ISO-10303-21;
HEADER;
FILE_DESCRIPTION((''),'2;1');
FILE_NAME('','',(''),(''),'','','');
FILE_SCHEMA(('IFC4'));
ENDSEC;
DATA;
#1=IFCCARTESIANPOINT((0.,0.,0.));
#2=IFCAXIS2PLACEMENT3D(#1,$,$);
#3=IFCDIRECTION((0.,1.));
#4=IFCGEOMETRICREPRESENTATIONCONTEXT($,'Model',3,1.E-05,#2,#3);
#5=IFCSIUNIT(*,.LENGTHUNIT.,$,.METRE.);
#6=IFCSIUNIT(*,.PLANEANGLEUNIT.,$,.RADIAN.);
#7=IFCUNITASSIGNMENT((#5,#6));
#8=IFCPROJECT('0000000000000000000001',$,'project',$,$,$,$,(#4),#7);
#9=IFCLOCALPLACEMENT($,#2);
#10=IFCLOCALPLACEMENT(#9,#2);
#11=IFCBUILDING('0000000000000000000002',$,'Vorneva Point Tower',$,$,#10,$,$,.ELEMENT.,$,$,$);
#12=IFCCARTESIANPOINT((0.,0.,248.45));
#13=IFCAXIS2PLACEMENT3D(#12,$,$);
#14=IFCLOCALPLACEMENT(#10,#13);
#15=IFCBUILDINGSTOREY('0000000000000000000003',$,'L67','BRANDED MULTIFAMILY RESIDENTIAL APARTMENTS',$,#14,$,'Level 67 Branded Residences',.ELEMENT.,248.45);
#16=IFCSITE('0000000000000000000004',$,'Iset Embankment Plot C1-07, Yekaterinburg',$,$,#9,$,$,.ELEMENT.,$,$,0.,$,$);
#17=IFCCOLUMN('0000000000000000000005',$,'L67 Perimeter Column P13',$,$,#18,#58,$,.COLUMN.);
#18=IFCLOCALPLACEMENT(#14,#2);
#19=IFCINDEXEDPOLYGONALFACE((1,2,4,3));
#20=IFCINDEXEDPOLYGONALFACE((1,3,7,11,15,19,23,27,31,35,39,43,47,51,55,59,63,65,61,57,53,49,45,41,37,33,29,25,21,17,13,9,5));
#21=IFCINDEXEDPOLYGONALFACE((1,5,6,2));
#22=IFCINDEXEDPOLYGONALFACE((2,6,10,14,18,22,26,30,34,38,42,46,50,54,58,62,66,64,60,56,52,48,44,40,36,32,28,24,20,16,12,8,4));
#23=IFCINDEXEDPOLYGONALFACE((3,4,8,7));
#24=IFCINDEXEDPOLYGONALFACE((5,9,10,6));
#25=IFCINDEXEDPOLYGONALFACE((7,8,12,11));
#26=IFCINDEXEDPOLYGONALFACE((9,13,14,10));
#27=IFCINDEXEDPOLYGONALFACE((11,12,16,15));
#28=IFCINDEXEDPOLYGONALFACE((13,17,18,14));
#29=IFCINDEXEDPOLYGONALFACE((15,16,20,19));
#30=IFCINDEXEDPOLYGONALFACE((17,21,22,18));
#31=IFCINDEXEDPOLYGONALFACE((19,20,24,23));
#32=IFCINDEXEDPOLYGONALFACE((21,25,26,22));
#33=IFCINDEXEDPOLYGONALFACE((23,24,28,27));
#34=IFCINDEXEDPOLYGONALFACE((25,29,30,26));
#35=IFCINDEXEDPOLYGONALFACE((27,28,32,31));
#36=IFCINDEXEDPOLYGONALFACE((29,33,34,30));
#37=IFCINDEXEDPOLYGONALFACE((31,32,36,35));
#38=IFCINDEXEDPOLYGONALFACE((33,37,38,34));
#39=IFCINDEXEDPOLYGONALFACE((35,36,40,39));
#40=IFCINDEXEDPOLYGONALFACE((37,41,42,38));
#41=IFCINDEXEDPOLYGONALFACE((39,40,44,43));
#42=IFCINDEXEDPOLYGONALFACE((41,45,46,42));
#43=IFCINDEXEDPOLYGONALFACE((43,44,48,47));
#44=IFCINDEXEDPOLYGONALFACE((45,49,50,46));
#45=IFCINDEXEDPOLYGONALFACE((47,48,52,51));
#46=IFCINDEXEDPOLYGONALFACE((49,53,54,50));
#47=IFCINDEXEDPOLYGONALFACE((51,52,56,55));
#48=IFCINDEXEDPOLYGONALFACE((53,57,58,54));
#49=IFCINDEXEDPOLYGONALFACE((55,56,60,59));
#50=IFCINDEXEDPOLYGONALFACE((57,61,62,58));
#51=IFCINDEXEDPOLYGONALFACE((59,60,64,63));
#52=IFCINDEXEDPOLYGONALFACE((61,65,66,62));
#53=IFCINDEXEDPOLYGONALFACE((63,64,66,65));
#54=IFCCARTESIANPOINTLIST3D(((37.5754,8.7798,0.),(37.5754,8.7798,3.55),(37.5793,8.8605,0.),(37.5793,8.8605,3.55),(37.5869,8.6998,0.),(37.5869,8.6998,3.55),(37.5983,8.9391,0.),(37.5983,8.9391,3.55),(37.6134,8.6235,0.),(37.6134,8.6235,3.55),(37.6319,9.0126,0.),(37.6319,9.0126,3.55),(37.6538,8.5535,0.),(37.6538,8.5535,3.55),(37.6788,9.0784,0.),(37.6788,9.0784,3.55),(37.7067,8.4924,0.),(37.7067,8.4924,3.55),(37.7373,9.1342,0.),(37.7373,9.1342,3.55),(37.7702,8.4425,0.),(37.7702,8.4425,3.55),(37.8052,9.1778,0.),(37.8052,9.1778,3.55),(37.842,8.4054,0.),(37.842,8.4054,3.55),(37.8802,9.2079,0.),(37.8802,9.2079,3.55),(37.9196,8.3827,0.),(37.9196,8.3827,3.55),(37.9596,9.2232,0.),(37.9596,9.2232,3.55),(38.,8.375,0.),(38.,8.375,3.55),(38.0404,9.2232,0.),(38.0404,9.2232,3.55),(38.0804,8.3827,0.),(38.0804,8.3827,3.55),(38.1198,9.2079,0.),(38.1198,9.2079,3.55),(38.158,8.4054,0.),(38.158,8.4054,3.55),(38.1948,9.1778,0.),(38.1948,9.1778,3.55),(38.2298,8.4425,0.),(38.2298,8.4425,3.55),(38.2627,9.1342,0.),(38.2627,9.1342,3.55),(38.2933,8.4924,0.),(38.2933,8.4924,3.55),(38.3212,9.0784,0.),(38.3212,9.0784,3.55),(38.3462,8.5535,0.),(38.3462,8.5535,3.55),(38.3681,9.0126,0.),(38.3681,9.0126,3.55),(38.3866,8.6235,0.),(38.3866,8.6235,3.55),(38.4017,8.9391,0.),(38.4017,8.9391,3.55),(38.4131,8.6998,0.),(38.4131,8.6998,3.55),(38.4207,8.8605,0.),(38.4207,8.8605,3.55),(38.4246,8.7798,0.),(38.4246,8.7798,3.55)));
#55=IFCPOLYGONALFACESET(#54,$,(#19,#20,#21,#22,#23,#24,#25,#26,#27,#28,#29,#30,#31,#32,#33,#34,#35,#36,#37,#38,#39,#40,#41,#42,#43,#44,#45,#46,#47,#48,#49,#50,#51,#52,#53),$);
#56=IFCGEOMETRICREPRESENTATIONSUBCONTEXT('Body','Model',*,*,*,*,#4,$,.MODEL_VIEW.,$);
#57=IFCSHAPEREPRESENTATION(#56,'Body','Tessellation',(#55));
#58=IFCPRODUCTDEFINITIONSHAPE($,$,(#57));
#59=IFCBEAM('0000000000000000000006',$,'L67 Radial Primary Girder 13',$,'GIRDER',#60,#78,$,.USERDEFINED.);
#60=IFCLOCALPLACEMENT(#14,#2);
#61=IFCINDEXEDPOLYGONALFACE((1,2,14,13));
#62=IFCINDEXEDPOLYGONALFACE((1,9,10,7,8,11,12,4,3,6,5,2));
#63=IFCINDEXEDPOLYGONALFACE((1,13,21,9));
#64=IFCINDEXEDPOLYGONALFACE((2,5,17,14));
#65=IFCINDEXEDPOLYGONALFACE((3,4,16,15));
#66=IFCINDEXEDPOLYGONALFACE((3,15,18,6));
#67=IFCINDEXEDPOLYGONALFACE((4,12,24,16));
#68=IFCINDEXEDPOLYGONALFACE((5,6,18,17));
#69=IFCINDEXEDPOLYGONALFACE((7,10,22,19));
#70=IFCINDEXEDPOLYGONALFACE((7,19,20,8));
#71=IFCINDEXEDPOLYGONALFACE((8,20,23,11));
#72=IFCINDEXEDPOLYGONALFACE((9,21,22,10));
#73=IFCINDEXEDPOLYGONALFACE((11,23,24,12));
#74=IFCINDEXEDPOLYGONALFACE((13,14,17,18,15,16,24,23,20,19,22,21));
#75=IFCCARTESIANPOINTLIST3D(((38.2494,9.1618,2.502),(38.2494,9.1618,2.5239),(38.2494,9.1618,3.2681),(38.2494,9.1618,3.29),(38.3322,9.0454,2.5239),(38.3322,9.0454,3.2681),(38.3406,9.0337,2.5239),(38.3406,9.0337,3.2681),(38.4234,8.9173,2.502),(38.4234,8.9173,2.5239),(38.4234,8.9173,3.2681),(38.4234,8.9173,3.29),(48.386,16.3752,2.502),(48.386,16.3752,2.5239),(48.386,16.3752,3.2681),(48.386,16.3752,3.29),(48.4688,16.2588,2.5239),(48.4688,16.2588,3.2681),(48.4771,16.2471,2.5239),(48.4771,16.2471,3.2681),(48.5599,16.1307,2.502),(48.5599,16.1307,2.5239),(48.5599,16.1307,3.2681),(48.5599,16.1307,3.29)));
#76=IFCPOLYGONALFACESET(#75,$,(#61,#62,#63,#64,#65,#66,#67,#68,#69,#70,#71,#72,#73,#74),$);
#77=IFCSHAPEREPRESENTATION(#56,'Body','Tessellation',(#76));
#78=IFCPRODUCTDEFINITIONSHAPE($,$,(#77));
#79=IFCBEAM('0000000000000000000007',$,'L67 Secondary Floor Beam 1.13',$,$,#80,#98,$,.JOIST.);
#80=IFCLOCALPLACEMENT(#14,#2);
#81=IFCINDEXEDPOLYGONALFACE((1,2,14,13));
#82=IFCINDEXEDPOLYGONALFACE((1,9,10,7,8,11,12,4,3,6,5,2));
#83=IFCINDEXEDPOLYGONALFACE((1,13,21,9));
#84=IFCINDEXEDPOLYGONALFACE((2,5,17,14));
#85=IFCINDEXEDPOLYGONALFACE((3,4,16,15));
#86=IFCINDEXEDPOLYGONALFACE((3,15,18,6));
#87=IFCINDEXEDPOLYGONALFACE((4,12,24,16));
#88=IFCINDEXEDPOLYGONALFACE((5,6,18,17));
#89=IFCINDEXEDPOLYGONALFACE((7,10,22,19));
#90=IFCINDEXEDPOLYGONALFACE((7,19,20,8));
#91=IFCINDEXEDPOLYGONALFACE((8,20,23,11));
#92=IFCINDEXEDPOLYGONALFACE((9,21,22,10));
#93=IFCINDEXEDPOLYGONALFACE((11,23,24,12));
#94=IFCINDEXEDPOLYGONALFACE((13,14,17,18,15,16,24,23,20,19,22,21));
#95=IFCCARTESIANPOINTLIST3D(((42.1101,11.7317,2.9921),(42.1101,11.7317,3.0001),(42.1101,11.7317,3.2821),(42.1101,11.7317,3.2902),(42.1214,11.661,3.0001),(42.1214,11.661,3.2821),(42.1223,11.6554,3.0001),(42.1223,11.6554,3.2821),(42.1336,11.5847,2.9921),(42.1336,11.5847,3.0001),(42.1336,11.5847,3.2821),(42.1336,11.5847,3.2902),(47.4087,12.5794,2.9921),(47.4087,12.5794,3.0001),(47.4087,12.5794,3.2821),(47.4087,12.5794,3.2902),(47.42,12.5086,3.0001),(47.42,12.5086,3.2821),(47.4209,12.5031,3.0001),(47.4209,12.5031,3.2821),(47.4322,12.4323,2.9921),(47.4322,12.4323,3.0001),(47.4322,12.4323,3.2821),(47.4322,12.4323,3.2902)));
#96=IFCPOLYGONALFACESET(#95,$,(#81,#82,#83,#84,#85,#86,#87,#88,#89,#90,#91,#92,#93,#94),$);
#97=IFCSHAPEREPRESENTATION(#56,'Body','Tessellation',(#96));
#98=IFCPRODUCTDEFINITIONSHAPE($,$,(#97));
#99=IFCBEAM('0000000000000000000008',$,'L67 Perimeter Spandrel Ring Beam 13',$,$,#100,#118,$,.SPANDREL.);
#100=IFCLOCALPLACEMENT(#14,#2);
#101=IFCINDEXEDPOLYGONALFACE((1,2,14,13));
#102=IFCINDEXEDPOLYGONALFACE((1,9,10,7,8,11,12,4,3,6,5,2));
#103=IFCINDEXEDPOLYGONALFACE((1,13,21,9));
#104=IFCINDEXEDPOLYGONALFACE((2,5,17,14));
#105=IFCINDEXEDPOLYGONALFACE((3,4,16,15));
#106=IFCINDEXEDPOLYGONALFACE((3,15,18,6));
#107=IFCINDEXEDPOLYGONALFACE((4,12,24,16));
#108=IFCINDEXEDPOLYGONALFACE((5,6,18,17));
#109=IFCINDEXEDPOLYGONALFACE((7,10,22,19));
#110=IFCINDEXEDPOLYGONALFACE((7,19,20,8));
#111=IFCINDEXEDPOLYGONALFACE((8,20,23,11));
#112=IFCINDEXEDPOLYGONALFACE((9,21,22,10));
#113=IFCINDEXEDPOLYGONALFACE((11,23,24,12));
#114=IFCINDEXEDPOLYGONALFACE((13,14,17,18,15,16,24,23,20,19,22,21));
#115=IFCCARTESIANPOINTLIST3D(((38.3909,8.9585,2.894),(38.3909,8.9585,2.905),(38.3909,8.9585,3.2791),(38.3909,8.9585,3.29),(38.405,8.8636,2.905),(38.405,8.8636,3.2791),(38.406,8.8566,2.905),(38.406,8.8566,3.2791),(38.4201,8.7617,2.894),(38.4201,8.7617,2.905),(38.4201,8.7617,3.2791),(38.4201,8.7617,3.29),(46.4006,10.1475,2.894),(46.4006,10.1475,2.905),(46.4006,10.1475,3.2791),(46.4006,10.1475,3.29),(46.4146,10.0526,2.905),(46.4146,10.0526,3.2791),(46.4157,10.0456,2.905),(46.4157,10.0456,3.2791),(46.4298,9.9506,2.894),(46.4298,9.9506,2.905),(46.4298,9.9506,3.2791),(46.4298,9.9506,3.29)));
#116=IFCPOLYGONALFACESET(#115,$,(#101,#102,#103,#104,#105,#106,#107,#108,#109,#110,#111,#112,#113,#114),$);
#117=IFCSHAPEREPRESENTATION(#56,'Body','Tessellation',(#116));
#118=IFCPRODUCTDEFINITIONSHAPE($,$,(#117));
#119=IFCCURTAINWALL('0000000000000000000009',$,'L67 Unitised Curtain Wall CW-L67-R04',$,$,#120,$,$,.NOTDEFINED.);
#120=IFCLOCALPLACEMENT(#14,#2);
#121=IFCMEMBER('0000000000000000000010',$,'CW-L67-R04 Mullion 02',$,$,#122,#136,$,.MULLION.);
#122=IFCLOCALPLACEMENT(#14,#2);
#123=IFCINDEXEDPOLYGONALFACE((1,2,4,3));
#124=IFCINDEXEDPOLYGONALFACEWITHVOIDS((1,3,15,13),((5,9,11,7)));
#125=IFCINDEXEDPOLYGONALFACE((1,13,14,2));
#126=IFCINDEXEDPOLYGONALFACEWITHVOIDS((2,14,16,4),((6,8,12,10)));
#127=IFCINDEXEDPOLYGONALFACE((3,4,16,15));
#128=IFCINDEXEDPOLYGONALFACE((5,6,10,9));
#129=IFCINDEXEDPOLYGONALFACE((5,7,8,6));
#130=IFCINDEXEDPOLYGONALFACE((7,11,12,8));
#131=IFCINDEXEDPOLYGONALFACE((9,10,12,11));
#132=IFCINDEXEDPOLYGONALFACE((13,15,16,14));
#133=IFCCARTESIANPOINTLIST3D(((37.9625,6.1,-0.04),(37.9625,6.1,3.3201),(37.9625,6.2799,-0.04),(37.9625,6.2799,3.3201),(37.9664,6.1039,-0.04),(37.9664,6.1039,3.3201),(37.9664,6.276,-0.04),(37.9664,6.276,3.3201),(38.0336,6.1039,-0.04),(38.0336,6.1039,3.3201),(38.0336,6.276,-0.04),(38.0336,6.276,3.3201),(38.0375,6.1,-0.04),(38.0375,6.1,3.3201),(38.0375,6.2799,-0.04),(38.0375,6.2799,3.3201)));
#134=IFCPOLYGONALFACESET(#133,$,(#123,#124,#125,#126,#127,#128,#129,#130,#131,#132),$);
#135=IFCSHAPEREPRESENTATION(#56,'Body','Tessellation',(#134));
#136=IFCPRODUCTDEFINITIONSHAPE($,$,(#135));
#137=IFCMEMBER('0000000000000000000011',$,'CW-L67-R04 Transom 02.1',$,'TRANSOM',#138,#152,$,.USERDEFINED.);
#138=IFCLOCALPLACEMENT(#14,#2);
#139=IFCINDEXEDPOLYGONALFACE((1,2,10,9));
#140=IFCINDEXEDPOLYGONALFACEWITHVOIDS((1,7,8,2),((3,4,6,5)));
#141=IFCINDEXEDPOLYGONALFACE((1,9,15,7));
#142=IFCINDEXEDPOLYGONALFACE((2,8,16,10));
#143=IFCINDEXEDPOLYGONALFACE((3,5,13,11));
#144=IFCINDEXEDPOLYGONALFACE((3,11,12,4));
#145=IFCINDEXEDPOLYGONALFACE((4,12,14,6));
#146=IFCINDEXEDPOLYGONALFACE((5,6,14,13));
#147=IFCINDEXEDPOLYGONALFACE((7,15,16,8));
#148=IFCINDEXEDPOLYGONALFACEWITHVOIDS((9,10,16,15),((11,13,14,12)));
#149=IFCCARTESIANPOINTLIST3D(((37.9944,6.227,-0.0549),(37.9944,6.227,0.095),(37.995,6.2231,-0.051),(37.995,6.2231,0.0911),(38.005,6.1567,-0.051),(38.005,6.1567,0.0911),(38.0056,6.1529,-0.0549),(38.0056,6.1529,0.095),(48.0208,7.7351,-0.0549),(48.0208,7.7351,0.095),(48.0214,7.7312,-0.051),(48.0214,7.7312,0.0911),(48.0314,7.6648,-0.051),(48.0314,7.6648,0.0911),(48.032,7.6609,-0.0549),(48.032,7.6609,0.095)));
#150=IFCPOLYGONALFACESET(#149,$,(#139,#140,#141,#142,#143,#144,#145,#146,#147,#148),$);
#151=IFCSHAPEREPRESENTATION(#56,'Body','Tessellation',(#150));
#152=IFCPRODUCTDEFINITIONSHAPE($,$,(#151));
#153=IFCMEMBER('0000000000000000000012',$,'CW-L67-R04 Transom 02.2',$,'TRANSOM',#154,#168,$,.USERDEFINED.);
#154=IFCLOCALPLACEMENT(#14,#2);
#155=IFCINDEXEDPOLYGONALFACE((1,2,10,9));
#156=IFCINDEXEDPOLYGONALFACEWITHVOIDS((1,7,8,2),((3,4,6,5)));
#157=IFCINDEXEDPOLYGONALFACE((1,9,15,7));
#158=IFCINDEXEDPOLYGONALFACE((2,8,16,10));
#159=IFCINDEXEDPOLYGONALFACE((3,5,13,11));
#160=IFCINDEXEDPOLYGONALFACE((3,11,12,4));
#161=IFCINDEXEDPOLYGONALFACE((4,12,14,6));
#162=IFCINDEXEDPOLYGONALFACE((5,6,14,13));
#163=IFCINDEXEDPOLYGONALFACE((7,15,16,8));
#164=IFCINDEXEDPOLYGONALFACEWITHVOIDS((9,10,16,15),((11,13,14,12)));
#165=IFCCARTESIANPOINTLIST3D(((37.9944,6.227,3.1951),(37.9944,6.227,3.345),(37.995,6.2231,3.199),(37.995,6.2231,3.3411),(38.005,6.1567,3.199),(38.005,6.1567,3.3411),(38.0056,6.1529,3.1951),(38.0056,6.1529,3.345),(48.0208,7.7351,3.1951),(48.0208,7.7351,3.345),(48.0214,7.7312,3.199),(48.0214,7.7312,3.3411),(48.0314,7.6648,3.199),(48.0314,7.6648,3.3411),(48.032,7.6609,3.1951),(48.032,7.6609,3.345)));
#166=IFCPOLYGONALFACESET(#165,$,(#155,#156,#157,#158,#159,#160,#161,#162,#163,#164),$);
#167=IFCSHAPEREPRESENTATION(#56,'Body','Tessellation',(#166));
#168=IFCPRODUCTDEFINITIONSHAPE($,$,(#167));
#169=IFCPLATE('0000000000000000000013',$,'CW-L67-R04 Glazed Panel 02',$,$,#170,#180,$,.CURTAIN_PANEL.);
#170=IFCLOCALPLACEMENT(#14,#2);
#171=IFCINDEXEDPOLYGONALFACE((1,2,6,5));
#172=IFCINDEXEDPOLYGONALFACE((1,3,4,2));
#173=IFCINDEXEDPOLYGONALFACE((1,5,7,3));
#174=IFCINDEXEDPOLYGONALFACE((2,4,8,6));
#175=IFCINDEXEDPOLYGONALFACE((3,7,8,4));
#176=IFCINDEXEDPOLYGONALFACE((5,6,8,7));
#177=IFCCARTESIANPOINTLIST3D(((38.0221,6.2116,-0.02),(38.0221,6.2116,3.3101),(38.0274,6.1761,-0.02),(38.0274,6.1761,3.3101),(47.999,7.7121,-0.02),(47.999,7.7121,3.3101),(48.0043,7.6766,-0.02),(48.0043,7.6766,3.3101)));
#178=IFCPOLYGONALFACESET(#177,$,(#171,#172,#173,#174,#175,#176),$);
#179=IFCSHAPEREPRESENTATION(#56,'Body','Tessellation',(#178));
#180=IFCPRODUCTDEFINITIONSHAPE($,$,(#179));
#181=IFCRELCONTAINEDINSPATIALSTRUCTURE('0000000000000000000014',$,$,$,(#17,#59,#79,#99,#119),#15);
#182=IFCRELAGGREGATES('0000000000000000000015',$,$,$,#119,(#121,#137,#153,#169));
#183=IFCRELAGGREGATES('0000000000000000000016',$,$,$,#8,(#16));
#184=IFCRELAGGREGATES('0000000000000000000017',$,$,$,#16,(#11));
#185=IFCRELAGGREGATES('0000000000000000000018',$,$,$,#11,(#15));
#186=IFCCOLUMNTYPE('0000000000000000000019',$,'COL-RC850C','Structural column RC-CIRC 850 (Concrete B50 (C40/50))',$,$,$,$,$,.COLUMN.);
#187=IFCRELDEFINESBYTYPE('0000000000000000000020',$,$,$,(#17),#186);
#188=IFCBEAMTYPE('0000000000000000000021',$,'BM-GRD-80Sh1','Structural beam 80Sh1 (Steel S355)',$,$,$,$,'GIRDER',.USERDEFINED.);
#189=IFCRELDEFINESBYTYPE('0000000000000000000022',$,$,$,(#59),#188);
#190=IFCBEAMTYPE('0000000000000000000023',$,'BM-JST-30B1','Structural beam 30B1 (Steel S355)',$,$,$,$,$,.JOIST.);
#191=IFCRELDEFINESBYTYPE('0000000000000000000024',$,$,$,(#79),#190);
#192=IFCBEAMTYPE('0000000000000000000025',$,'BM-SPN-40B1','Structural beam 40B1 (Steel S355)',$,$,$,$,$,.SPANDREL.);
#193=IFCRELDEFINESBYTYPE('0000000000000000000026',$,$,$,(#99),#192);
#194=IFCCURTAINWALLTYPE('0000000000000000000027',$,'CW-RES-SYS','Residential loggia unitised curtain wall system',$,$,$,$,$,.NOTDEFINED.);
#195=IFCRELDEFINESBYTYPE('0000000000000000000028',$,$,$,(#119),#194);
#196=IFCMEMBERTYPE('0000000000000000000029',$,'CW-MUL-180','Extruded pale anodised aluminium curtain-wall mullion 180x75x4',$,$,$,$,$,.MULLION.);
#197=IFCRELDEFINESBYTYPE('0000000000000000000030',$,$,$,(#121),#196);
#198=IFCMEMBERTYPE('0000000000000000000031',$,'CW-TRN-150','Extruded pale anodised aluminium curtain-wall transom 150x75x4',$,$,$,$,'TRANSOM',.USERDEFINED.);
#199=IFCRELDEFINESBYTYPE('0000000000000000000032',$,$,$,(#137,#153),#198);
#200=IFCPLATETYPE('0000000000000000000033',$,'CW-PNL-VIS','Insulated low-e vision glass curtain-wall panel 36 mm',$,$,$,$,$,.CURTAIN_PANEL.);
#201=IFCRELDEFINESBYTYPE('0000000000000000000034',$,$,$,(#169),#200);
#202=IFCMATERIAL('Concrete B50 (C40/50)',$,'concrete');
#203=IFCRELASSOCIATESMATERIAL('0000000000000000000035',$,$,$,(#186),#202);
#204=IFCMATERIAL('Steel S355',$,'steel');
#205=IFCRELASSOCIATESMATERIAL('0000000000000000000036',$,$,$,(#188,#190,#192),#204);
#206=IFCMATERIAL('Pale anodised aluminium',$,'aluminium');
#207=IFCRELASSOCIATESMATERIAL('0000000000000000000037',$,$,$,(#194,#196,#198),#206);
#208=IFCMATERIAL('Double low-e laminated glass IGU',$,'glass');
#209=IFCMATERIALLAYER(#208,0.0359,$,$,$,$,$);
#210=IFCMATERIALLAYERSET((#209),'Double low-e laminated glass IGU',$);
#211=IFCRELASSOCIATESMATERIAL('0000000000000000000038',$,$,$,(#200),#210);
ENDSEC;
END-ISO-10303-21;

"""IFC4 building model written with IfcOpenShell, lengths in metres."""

from ifc_helpers import new_model, si_unit, direction, frame, origin, origin_2d, place, context, subcontext, project, spatial, rectangle, hollow_rectangle, circle, i_section, extrude, material, layer, layer_set, material_profile, profile_set, type_object, element, aggregate, save


model = new_model("IFC4")

# Units and contexts
model_context = context("Model", 3, precision=1e-05, world=origin(), true_north=direction((0.0, 1.0)))
body_context = subcontext(model_context, "Body", "Model", "MODEL_VIEW")
ifc_project = project(units=[si_unit("LENGTHUNIT", "METRE"), si_unit("PLANEANGLEUNIT", "RADIAN")], contexts=[model_context])

# Site, building, storey
site_placement = place(None, origin())
site = spatial("IfcSite", under=ifc_project, at=site_placement, Name="Iset Embankment Plot C1-07, Yekaterinburg", CompositionType="ELEMENT", RefElevation=0.0)
building_placement = place(site_placement, origin())
building = spatial("IfcBuilding", under=site, at=building_placement, Name="Vorneva Point Tower", CompositionType="ELEMENT")
storey_placement = place(building_placement, frame((0.0, 0.0, 248.45)))
storey = spatial("IfcBuildingStorey", under=building, at=storey_placement, Name="L67", Description="BRANDED MULTIFAMILY RESIDENTIAL APARTMENTS", LongName="Level 67 Branded Residences", CompositionType="ELEMENT", Elevation=248.45)

# Column
ifc_material_1 = material(Name="Concrete B50 (C40/50)", Category="concrete")
ifc_material_profile_1 = material_profile(ifc_material_1, circle(Radius=0.425, at=origin_2d()), Name="RC-CIRC 850")
ifc_profile_set_1 = profile_set([ifc_material_profile_1], Name="Concrete B50 (C40/50)")
column_type = type_object("IfcColumnType", Name="COL-RC850C", Description="Structural column RC-CIRC 850 (Concrete B50 (C40/50))", PredefinedType="COLUMN", material=ifc_profile_set_1)
for number, where, z_axis, x_axis, name in (
    (1, (38.0, 8.8, 0.0), (0.0, 0.0, 1.0), (0.0, -1.0, 0.0), "L67 Perimeter Column P13"),
):
    element("IfcColumn", number, at=place(storey_placement, frame(where, z_axis=z_axis, x_axis=x_axis)), inside=storey, type_object=column_type, Name=name, PredefinedType="COLUMN", context=body_context, shape_type="SweptSolid", body=[
        extrude(circle(Radius=0.425, at=origin_2d()), origin(), (0.0, 0.0, 1.0), 3.55),
    ])

# Beams
ifc_material_2 = material(Name="Steel S355", Category="steel")
ifc_material_profile_2 = material_profile(ifc_material_2, i_section(OverallWidth=0.3, OverallDepth=0.7881, WebThickness=0.0144, FlangeThickness=0.022, at=origin_2d()), Name="80Sh1")
ifc_profile_set_2 = profile_set([ifc_material_profile_2], Name="Steel S355")
beam_type_1 = type_object("IfcBeamType", Name="BM-GRD-80Sh1", Description="Structural beam 80Sh1 (Steel S355)", ElementType="GIRDER", PredefinedType="USERDEFINED", material=ifc_profile_set_2)
beam_1_placement = place(storey_placement, frame((38.3364, 9.0396, 2.896), z_axis=(0.814757, 0.579802, 0.0), x_axis=(-0.579802, 0.814757, 0.0)))
element("IfcBeam", 2, at=beam_1_placement, inside=storey, type_object=beam_type_1, Name="L67 Radial Primary Girder 13", ObjectType="GIRDER", PredefinedType="USERDEFINED", context=body_context, shape_type="SweptSolid", body=[
    extrude(i_section(OverallWidth=0.3, OverallDepth=0.7881, WebThickness=0.0144, FlangeThickness=0.022, at=origin_2d()), origin(), (0.0, 0.0, 1.0), 12.4412),
])
ifc_material_profile_3 = material_profile(ifc_material_2, i_section(OverallWidth=0.1489, OverallDepth=0.2981, WebThickness=0.0056, FlangeThickness=0.0081, at=origin_2d()), Name="30B1")
ifc_profile_set_3 = profile_set([ifc_material_profile_3], Name="Steel S355")
beam_type_2 = type_object("IfcBeamType", Name="BM-JST-30B1", Description="Structural beam 30B1 (Steel S355)", PredefinedType="JOIST", material=ifc_profile_set_3)
beam_2_placement = place(storey_placement, frame((42.1218, 11.6582, 3.1411), z_axis=(0.987444, 0.157969, 0.0), x_axis=(-0.157969, 0.987444, 0.0)))
element("IfcBeam", 3, at=beam_2_placement, inside=storey, type_object=beam_type_2, Name="L67 Secondary Floor Beam 1.13", PredefinedType="JOIST", context=body_context, shape_type="SweptSolid", body=[
    extrude(i_section(OverallWidth=0.1489, OverallDepth=0.2981, WebThickness=0.0056, FlangeThickness=0.0081, at=origin_2d()), origin(), (0.0, 0.0, 1.0), 5.366),
])
ifc_material_profile_4 = material_profile(ifc_material_2, i_section(OverallWidth=0.199, OverallDepth=0.396, WebThickness=0.0071, FlangeThickness=0.011, at=origin_2d()), Name="40B1")
ifc_profile_set_4 = profile_set([ifc_material_profile_4], Name="Steel S355")
beam_type_3 = type_object("IfcBeamType", Name="BM-SPN-40B1", Description="Structural beam 40B1 (Steel S355)", PredefinedType="SPANDREL", material=ifc_profile_set_4)
beam_3_placement = place(storey_placement, frame((38.4055, 8.8601, 3.092), z_axis=(0.989162, 0.146831, 0.0), x_axis=(-0.146831, 0.989162, 0.0)))
element("IfcBeam", 4, at=beam_3_placement, inside=storey, type_object=beam_type_3, Name="L67 Perimeter Spandrel Ring Beam 13", PredefinedType="SPANDREL", context=body_context, shape_type="SweptSolid", body=[
    extrude(i_section(OverallWidth=0.199, OverallDepth=0.396, WebThickness=0.0071, FlangeThickness=0.011, at=origin_2d()), origin(), (0.0, 0.0, 1.0), 8.0974),
])

# Curtain wall, members, plate
ifc_material_3 = material(Name="Pale anodised aluminium", Category="aluminium")
curtain_wall_type = type_object("IfcCurtainWallType", Name="CW-RES-SYS", Description="Residential loggia unitised curtain wall system", PredefinedType="NOTDEFINED", material=ifc_material_3)
curtain_wall_placement = place(storey_placement, origin())
curtain_wall = element("IfcCurtainWall", 5, at=curtain_wall_placement, inside=storey, type_object=curtain_wall_type, Name="L67 Unitised Curtain Wall CW-L67-R04", PredefinedType="NOTDEFINED")
ifc_material_profile_5 = material_profile(ifc_material_3, hollow_rectangle(XDim=0.075, YDim=0.1799, WallThickness=0.0039, at=origin_2d()), Name="AL-MUL 180x75x4")
ifc_profile_set_5 = profile_set([ifc_material_profile_5], Name="Pale anodised aluminium")
member_type_1 = type_object("IfcMemberType", Name="CW-MUL-180", Description="Extruded pale anodised aluminium curtain-wall mullion 180x75x4", PredefinedType="MULLION", material=ifc_profile_set_5)
member_1_placement = place(storey_placement, frame((38.0, 6.1899, -0.04), z_axis=(0.0, 0.0, 1.0), x_axis=(1.0, 0.0, 0.0)))
member_1 = element("IfcMember", 6, at=member_1_placement, type_object=member_type_1, Name="CW-L67-R04 Mullion 02", PredefinedType="MULLION", context=body_context, shape_type="SweptSolid", body=[
    extrude(hollow_rectangle(XDim=0.075, YDim=0.1799, WallThickness=0.0039, at=origin_2d()), origin(), (0.0, 0.0, 1.0), 3.3601),
])
ifc_material_profile_6 = material_profile(ifc_material_3, hollow_rectangle(XDim=0.075, YDim=0.1499, WallThickness=0.0039, at=origin_2d()), Name="AL-TRN 150x75x4")
ifc_profile_set_6 = profile_set([ifc_material_profile_6], Name="Pale anodised aluminium")
member_type_2 = type_object("IfcMemberType", Name="CW-TRN-150", Description="Extruded pale anodised aluminium curtain-wall transom 150x75x4", ElementType="TRANSOM", PredefinedType="USERDEFINED", material=ifc_profile_set_6)
member_2_placement = place(storey_placement, frame((38.0, 6.1899, 0.02), z_axis=(0.988877, 0.148736, 0.0), x_axis=(-0.148736, 0.988877, 0.0)))
member_2 = element("IfcMember", 7, at=member_2_placement, type_object=member_type_2, Name="CW-L67-R04 Transom 02.1", ObjectType="TRANSOM", PredefinedType="USERDEFINED", context=body_context, shape_type="SweptSolid", body=[
    extrude(hollow_rectangle(XDim=0.075, YDim=0.1499, WallThickness=0.0039, at=origin_2d()), origin(), (0.0, 0.0, 1.0), 10.1392),
])
member_3_placement = place(storey_placement, frame((38.0, 6.1899, 3.27), z_axis=(0.988877, 0.148736, 0.0), x_axis=(-0.148736, 0.988877, 0.0)))
member_3 = element("IfcMember", 8, at=member_3_placement, type_object=member_type_2, Name="CW-L67-R04 Transom 02.2", ObjectType="TRANSOM", PredefinedType="USERDEFINED", context=body_context, shape_type="SweptSolid", body=[
    extrude(hollow_rectangle(XDim=0.075, YDim=0.1499, WallThickness=0.0039, at=origin_2d()), origin(), (0.0, 0.0, 1.0), 10.1392),
])
ifc_material_4 = material(Name="Double low-e laminated glass IGU", Category="glass")
ifc_layer_1 = layer(ifc_material_4, 0.0359)
ifc_layer_set_1 = layer_set([ifc_layer_1], Name="Double low-e laminated glass IGU")
plate_type = type_object("IfcPlateType", Name="CW-PNL-VIS", Description="Insulated low-e vision glass curtain-wall panel 36 mm", PredefinedType="CURTAIN_PANEL", material=ifc_layer_set_1)
plate_placement = place(storey_placement, frame((43.0132, 6.9441, -0.02), z_axis=(0.0, 0.0, 1.0), x_axis=(0.988879, 0.148724, 0.0)))
plate = element("IfcPlate", 9, at=plate_placement, type_object=plate_type, Name="CW-L67-R04 Glazed Panel 02", PredefinedType="CURTAIN_PANEL", context=body_context, shape_type="SweptSolid", body=[
    extrude(rectangle(XDim=10.0891, YDim=0.0359, at=origin_2d()), origin(), (0.0, 0.0, 1.0), 3.3301),
])
aggregate(curtain_wall, [member_1, member_2, member_3, plate])

save(model, "model.ifc")
